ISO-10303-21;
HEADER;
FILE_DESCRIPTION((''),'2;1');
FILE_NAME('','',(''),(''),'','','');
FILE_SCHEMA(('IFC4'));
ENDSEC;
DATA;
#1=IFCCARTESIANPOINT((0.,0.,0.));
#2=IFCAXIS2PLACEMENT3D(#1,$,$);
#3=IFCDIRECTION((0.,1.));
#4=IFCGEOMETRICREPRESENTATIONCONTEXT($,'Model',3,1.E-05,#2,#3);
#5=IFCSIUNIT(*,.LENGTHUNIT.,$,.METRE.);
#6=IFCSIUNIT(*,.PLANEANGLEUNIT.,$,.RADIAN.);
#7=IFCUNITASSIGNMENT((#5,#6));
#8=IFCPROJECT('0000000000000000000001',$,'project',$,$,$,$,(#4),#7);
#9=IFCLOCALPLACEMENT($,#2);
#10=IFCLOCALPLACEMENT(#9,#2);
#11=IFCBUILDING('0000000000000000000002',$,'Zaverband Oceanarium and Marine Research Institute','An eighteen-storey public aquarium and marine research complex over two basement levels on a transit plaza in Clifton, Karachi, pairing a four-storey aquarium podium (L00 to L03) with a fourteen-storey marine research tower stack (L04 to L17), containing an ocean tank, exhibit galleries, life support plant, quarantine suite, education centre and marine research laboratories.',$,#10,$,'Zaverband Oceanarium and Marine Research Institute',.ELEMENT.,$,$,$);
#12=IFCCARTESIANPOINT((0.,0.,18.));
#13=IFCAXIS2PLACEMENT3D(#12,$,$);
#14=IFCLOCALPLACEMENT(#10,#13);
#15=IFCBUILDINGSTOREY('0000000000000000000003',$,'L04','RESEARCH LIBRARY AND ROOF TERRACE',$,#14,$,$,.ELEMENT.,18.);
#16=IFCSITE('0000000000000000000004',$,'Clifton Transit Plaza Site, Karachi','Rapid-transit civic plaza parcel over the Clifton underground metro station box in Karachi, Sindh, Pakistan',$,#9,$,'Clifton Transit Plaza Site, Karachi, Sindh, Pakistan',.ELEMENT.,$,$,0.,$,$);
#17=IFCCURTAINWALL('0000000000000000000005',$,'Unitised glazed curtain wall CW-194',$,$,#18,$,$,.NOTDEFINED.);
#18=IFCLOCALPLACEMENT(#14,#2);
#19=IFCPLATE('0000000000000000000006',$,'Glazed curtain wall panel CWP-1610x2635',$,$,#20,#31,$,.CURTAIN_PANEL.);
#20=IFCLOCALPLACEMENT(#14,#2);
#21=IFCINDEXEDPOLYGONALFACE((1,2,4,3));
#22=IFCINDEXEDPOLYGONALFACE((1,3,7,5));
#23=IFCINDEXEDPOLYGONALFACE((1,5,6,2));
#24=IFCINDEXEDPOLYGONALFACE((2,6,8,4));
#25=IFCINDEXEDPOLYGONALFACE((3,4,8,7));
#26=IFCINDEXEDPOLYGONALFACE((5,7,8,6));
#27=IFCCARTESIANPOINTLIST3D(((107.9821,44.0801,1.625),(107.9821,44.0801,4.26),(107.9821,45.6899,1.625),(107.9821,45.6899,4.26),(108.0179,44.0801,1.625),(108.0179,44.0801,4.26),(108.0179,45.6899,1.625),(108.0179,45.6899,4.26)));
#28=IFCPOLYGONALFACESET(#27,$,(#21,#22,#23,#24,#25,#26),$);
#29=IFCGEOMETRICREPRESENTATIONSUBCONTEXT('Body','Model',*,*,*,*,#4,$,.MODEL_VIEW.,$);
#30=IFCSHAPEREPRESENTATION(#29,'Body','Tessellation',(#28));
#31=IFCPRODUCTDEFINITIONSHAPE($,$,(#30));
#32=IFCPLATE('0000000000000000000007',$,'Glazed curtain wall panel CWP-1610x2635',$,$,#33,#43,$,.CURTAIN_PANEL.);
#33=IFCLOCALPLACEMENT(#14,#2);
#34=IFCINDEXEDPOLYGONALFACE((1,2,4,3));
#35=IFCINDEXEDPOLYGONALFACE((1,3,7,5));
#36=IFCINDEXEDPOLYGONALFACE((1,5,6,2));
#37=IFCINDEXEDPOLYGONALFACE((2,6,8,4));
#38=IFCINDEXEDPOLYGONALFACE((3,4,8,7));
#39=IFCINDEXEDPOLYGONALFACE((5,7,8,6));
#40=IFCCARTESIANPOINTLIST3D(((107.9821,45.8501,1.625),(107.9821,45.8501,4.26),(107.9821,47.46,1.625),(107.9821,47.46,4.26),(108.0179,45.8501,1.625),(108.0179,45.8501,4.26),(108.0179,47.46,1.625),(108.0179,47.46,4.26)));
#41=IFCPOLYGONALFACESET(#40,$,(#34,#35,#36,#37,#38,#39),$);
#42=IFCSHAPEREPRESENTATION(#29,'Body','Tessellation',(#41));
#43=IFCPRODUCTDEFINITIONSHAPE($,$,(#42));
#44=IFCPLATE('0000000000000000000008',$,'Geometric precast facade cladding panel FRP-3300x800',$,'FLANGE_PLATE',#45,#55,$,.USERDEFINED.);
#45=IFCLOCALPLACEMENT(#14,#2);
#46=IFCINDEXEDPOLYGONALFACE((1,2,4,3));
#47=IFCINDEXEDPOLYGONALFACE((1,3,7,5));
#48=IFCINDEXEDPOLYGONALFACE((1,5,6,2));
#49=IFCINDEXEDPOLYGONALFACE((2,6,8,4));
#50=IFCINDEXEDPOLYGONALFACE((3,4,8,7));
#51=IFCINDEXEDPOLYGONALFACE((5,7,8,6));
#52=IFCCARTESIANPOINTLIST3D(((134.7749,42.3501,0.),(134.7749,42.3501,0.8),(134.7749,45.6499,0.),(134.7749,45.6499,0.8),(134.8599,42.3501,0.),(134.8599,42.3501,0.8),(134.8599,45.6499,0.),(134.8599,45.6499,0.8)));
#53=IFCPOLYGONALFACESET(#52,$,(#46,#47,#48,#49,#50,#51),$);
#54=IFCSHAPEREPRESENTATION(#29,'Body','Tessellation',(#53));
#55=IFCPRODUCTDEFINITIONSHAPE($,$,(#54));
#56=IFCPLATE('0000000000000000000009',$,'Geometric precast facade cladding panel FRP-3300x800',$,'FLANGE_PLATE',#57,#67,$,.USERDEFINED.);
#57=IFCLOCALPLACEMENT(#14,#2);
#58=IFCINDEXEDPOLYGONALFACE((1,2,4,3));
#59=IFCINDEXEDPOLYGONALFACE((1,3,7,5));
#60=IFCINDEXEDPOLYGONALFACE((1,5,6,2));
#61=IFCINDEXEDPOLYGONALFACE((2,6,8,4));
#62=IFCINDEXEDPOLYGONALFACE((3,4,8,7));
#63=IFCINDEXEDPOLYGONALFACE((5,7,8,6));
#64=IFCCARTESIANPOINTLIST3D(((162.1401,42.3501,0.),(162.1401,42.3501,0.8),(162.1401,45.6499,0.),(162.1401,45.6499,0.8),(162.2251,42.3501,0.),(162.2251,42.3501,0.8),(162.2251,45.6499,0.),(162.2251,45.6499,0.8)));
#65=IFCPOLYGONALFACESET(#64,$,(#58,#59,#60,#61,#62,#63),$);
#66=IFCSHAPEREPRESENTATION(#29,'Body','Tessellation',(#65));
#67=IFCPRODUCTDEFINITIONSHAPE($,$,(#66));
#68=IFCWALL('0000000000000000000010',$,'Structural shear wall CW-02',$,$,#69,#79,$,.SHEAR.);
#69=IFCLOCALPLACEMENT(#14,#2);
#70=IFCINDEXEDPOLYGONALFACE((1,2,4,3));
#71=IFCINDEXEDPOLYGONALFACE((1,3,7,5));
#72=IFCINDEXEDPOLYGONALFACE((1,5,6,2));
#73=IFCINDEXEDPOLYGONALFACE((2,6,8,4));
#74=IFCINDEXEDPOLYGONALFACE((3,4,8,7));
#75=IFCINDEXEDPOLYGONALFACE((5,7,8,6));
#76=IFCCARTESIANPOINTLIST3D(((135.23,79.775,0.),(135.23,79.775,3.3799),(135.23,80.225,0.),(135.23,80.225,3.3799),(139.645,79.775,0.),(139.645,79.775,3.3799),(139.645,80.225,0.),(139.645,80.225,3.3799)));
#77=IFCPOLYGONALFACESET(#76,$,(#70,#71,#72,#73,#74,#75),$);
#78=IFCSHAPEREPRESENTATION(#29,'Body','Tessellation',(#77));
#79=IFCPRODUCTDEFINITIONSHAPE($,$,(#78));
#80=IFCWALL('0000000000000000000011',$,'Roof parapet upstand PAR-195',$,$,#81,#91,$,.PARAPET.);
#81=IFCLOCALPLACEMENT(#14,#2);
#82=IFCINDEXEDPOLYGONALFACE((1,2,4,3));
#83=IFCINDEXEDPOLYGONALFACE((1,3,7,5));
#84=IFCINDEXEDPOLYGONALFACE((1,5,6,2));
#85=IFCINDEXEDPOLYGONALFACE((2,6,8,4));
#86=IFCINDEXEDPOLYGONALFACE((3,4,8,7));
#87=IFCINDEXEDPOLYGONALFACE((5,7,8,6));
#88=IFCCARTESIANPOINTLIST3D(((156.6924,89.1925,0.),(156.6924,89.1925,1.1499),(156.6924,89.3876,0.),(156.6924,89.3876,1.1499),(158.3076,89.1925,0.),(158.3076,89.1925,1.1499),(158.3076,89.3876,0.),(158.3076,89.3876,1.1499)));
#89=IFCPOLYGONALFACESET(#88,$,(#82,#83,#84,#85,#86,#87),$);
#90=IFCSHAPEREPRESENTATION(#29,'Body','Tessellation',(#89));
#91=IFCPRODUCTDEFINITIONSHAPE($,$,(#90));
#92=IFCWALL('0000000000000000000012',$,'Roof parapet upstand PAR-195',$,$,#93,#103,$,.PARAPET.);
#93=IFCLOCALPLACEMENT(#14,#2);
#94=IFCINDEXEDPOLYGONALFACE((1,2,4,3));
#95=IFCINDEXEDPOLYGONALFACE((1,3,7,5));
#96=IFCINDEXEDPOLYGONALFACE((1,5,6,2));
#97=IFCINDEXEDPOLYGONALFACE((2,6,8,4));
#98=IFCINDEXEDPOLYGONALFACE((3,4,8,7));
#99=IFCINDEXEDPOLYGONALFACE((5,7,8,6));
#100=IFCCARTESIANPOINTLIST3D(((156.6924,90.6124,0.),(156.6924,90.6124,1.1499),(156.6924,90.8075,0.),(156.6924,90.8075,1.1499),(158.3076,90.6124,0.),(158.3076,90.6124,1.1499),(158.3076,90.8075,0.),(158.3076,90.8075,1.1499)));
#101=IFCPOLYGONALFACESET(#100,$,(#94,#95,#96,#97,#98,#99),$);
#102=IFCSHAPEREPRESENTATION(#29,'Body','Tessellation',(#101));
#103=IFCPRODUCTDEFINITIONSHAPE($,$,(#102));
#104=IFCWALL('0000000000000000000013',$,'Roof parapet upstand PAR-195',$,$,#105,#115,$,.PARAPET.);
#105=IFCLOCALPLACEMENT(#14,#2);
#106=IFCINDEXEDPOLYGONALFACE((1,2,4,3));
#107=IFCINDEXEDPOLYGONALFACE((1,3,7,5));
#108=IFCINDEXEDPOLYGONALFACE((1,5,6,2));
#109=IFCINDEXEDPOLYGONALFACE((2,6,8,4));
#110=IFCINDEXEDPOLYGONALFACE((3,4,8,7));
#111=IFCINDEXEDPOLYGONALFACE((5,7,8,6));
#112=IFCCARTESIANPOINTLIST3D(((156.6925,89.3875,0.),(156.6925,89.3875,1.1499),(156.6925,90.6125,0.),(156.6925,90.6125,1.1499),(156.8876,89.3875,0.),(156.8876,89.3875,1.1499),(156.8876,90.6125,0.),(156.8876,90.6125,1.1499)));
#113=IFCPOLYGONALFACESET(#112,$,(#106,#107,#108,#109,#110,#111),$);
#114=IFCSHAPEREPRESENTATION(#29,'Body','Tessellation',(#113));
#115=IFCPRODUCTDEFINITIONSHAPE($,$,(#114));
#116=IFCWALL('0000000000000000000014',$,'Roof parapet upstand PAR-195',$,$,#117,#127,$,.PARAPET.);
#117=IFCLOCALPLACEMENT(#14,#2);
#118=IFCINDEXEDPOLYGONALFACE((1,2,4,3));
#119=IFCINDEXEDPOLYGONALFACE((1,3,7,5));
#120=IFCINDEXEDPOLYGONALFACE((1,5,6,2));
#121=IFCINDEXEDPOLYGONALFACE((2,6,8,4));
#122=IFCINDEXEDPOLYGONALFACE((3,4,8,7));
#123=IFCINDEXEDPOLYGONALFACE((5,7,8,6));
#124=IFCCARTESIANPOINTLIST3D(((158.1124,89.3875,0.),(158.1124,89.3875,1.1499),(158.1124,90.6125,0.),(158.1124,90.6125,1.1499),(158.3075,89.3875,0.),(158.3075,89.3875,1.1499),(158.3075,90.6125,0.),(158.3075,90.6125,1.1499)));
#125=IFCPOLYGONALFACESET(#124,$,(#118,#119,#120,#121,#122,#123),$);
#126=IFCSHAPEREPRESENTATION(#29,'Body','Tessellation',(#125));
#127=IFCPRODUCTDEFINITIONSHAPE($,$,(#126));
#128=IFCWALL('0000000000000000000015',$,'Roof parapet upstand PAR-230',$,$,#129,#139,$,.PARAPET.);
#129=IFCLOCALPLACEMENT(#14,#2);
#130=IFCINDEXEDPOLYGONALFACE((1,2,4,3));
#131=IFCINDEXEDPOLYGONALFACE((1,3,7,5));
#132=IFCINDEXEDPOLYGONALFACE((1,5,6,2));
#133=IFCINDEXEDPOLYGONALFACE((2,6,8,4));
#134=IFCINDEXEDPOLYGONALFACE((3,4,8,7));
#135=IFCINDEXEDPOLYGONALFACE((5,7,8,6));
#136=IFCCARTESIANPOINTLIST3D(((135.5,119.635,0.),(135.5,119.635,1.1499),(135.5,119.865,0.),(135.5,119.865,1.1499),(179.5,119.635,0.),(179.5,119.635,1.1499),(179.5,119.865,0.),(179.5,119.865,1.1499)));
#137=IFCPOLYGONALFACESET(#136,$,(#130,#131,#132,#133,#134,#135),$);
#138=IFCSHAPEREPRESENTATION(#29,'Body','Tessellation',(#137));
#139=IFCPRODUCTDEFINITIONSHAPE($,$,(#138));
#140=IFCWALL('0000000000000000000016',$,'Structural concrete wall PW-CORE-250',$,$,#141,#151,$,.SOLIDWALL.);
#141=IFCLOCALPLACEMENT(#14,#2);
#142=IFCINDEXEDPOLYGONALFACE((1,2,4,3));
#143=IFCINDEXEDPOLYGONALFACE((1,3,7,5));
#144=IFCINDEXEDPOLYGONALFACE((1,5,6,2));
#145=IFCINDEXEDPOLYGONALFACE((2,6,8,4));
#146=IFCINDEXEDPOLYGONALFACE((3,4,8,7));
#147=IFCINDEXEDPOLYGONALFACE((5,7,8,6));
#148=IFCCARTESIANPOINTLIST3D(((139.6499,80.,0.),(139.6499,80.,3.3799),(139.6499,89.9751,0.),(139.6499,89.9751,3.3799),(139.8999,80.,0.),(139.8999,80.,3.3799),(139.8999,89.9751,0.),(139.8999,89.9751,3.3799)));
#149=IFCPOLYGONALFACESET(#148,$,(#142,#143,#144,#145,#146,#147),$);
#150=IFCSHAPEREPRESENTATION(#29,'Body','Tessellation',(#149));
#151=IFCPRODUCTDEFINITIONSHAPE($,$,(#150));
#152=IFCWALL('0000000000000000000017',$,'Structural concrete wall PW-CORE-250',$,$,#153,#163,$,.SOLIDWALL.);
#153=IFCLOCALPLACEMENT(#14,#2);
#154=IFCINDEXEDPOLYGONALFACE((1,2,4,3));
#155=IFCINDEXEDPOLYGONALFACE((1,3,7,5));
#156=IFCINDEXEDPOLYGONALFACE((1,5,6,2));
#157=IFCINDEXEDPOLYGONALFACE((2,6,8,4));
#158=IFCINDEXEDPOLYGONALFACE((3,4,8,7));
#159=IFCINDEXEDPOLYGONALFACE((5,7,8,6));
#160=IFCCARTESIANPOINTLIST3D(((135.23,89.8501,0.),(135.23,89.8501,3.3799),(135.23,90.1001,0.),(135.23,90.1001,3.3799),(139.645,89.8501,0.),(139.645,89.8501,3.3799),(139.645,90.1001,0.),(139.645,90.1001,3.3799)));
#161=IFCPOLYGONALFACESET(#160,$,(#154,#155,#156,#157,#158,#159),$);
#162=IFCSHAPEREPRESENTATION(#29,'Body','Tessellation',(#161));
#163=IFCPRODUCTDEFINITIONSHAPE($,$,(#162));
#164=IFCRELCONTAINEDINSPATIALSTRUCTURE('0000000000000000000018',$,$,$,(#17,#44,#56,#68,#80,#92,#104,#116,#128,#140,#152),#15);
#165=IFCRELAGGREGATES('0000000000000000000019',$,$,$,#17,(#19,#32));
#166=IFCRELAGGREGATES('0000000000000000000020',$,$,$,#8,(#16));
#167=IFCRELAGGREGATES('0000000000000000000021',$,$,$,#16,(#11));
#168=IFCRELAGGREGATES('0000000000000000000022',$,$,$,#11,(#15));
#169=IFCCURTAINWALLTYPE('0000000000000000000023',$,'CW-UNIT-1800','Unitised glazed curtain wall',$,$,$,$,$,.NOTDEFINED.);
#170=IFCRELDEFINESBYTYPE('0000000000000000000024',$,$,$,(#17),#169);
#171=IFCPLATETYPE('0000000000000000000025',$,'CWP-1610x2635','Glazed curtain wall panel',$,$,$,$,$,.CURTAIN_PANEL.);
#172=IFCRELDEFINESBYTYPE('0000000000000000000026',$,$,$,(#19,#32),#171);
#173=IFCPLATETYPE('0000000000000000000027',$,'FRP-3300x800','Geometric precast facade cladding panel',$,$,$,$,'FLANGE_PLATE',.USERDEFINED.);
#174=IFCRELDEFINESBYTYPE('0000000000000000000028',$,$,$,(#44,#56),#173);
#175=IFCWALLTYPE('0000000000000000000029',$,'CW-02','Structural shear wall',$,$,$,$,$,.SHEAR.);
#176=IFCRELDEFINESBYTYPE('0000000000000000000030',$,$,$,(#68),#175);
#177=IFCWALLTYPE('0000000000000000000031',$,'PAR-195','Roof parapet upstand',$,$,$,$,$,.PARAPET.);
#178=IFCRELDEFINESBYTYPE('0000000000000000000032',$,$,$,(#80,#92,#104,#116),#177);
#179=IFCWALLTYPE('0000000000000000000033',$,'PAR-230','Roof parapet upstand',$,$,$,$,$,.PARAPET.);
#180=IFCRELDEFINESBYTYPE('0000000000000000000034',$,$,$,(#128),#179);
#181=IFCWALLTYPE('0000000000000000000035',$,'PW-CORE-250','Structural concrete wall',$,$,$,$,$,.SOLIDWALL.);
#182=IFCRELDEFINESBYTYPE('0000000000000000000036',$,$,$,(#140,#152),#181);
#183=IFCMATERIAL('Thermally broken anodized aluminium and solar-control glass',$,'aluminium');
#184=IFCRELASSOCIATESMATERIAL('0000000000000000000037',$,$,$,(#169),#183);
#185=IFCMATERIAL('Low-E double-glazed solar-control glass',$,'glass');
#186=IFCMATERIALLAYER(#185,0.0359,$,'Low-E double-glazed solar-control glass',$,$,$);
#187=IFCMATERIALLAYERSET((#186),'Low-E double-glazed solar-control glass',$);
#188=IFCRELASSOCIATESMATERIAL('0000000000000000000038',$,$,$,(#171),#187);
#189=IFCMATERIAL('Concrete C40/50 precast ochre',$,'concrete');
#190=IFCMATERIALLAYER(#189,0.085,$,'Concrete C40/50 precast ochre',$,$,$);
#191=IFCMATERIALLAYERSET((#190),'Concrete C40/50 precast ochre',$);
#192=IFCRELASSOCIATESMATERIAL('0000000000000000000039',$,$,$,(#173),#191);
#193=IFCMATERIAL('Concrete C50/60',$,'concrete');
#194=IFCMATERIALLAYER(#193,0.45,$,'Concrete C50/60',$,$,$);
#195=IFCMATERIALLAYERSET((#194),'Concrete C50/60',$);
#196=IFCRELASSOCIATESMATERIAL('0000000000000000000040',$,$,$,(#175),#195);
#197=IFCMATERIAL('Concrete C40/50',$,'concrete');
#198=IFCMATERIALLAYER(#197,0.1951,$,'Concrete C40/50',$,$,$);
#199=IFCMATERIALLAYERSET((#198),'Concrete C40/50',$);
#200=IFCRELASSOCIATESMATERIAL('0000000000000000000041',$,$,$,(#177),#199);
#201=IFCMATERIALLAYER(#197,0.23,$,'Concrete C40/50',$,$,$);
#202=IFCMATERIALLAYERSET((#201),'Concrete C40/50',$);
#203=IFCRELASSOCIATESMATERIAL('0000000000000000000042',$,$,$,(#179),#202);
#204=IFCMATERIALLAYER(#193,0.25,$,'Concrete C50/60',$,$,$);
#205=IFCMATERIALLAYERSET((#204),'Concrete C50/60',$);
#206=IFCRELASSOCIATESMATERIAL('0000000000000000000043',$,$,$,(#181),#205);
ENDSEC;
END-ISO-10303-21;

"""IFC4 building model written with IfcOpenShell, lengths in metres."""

from ifc_helpers import new_model, si_unit, direction, frame, frame_2d, origin, place, context, subcontext, project, spatial, rectangle, extrude, material, layer, layer_set, type_object, element, aggregate, save


model = new_model("IFC4")

# Units and contexts
model_context = context("Model", 3, precision=1e-05, world=origin(), true_north=direction((0.0, 1.0)))
body_context = subcontext(model_context, "Body", "Model", "MODEL_VIEW")
ifc_project = project(units=[si_unit("LENGTHUNIT", "METRE"), si_unit("PLANEANGLEUNIT", "RADIAN")], contexts=[model_context])

# Site, building, storey
site_placement = place(None, origin())
site = spatial("IfcSite", under=ifc_project, at=site_placement, Name="Clifton Transit Plaza Site, Karachi", Description="Rapid-transit civic plaza parcel over the Clifton underground metro station box in Karachi, Sindh, Pakistan", LongName="Clifton Transit Plaza Site, Karachi, Sindh, Pakistan", CompositionType="ELEMENT", RefElevation=0.0)
building_placement = place(site_placement, origin())
building = spatial("IfcBuilding", under=site, at=building_placement, Name="Zaverband Oceanarium and Marine Research Institute", Description="An eighteen-storey public aquarium and marine research complex over two basement levels on a transit plaza in Clifton, Karachi, pairing a four-storey aquarium podium (L00 to L03) with a fourteen-storey marine research tower stack (L04 to L17), containing an ocean tank, exhibit galleries, life support plant, quarantine suite, education centre and marine research laboratories.", LongName="Zaverband Oceanarium and Marine Research Institute", CompositionType="ELEMENT")
storey_placement = place(building_placement, frame((0.0, 0.0, 18.0)))
storey = spatial("IfcBuildingStorey", under=building, at=storey_placement, Name="L04", Description="RESEARCH LIBRARY AND ROOF TERRACE", CompositionType="ELEMENT", Elevation=18.0)

# Shared definitions
ifc_material_1 = material(Name="Concrete C50/60", Category="concrete")

# Curtain wall
ifc_material_2 = material(Name="Thermally broken anodized aluminium and solar-control glass", Category="aluminium")
curtain_wall_type = type_object("IfcCurtainWallType", Name="CW-UNIT-1800", Description="Unitised glazed curtain wall", PredefinedType="NOTDEFINED", material=ifc_material_2)
curtain_wall_placement = place(storey_placement, origin())
curtain_wall = element("IfcCurtainWall", 1, at=curtain_wall_placement, inside=storey, type_object=curtain_wall_type, Name="Unitised glazed curtain wall CW-194", PredefinedType="NOTDEFINED")

# Plates
ifc_material_3 = material(Name="Low-E double-glazed solar-control glass", Category="glass")
ifc_layer_1 = layer(ifc_material_3, 0.0359, Name="Low-E double-glazed solar-control glass")
ifc_layer_set_1 = layer_set([ifc_layer_1], Name="Low-E double-glazed solar-control glass")
plate_type_1 = type_object("IfcPlateType", Name="CWP-1610x2635", Description="Glazed curtain wall panel", PredefinedType="CURTAIN_PANEL", material=ifc_layer_set_1)
plate_1_placement = place(storey_placement, frame((108.0, 44.0801, 1.625), z_axis=(0.0, 0.0, 1.0), x_axis=(0.0, 1.0, 0.0)))
plate_1 = element("IfcPlate", 2, at=plate_1_placement, type_object=plate_type_1, Name="Glazed curtain wall panel CWP-1610x2635", PredefinedType="CURTAIN_PANEL", context=body_context, shape_type="SweptSolid", body=[
    extrude(rectangle(XDim=1.6099, YDim=0.0359, at=frame_2d((0.8049, 0.0))), origin(), (0.0, 0.0, 1.0), 2.635),
])
plate_2_placement = place(storey_placement, frame((108.0, 45.8501, 1.625), z_axis=(0.0, 0.0, 1.0), x_axis=(0.0, 1.0, 0.0)))
plate_2 = element("IfcPlate", 3, at=plate_2_placement, type_object=plate_type_1, Name="Glazed curtain wall panel CWP-1610x2635", PredefinedType="CURTAIN_PANEL", context=body_context, shape_type="SweptSolid", body=[
    extrude(rectangle(XDim=1.6099, YDim=0.0359, at=frame_2d((0.8049, 0.0))), origin(), (0.0, 0.0, 1.0), 2.635),
])
aggregate(curtain_wall, [plate_1, plate_2])

# Plates
ifc_material_4 = material(Name="Concrete C40/50 precast ochre", Category="concrete")
ifc_layer_2 = layer(ifc_material_4, 0.085, Name="Concrete C40/50 precast ochre")
ifc_layer_set_2 = layer_set([ifc_layer_2], Name="Concrete C40/50 precast ochre")
plate_type_2 = type_object("IfcPlateType", Name="FRP-3300x800", Description="Geometric precast facade cladding panel", ElementType="FLANGE_PLATE", PredefinedType="USERDEFINED", material=ifc_layer_set_2)
for number, where, z_axis, x_axis, name in (
    (4, (134.8174, 42.3501, 0.0), (0.0, 0.0, 1.0), (0.0, 1.0, 0.0), "Geometric precast facade cladding panel FRP-3300x800"),
    (5, (162.1826, 42.3501, 0.0), (0.0, 0.0, 1.0), (0.0, 1.0, 0.0), "Geometric precast facade cladding panel FRP-3300x800"),
):
    element("IfcPlate", number, at=place(storey_placement, frame(where, z_axis=z_axis, x_axis=x_axis)), inside=storey, type_object=plate_type_2, Name=name, ObjectType="FLANGE_PLATE", PredefinedType="USERDEFINED", context=body_context, shape_type="SweptSolid", body=[
        extrude(rectangle(XDim=3.2998, YDim=0.085, at=frame_2d((1.6499, 0.0))), origin(), (0.0, 0.0, 1.0), 0.8),
    ])

# Shared definitions
ifc_layer_3 = layer(ifc_material_1, 0.45, Name="Concrete C50/60")
ifc_layer_set_3 = layer_set([ifc_layer_3], Name="Concrete C50/60")
wall_type_1 = type_object("IfcWallType", Name="CW-02", Description="Structural shear wall", PredefinedType="SHEAR", material=ifc_layer_set_3)

# Walls
wall_1_placement = place(storey_placement, frame((135.23, 80.0, 0.0), z_axis=(0.0, 0.0, 1.0), x_axis=(1.0, 0.0, 0.0)))
element("IfcWall", 6, at=wall_1_placement, inside=storey, type_object=wall_type_1, Name="Structural shear wall CW-02", PredefinedType="SHEAR", context=body_context, shape_type="SweptSolid", body=[
    extrude(rectangle(XDim=4.415, YDim=0.45, at=frame_2d((2.2075, 0.0))), origin(), (0.0, 0.0, 1.0), 3.3799),
])
ifc_material_5 = material(Name="Concrete C40/50", Category="concrete")
ifc_layer_4 = layer(ifc_material_5, 0.1951, Name="Concrete C40/50")
ifc_layer_set_4 = layer_set([ifc_layer_4], Name="Concrete C40/50")
wall_type_2 = type_object("IfcWallType", Name="PAR-195", Description="Roof parapet upstand", PredefinedType="PARAPET", material=ifc_layer_set_4)
for number, where, z_axis, x_axis, name in (
    (7, (156.6924, 89.29, 0.0), (0.0, 0.0, 1.0), (1.0, 0.0, 0.0), "Roof parapet upstand PAR-195"),
    (8, (156.6924, 90.71, 0.0), (0.0, 0.0, 1.0), (1.0, 0.0, 0.0), "Roof parapet upstand PAR-195"),
):
    element("IfcWall", number, at=place(storey_placement, frame(where, z_axis=z_axis, x_axis=x_axis)), inside=storey, type_object=wall_type_2, Name=name, PredefinedType="PARAPET", context=body_context, shape_type="SweptSolid", body=[
        extrude(rectangle(XDim=1.6152, YDim=0.1951, at=frame_2d((0.8076, 0.0))), origin(), (0.0, 0.0, 1.0), 1.1499),
    ])
for number, where, z_axis, x_axis, name in (
    (9, (156.79, 89.3875, 0.0), (0.0, 0.0, 1.0), (0.0, 1.0, 0.0), "Roof parapet upstand PAR-195"),
    (10, (158.21, 89.3875, 0.0), (0.0, 0.0, 1.0), (0.0, 1.0, 0.0), "Roof parapet upstand PAR-195"),
):
    element("IfcWall", number, at=place(storey_placement, frame(where, z_axis=z_axis, x_axis=x_axis)), inside=storey, type_object=wall_type_2, Name=name, PredefinedType="PARAPET", context=body_context, shape_type="SweptSolid", body=[
        extrude(rectangle(XDim=1.2251, YDim=0.1951, at=frame_2d((0.6125, 0.0))), origin(), (0.0, 0.0, 1.0), 1.1499),
    ])
ifc_layer_5 = layer(ifc_material_5, 0.23, Name="Concrete C40/50")
ifc_layer_set_5 = layer_set([ifc_layer_5], Name="Concrete C40/50")
wall_type_3 = type_object("IfcWallType", Name="PAR-230", Description="Roof parapet upstand", PredefinedType="PARAPET", material=ifc_layer_set_5)
wall_2_placement = place(storey_placement, frame((135.5, 119.75, 0.0), z_axis=(0.0, 0.0, 1.0), x_axis=(1.0, 0.0, 0.0)))
element("IfcWall", 11, at=wall_2_placement, inside=storey, type_object=wall_type_3, Name="Roof parapet upstand PAR-230", PredefinedType="PARAPET", context=body_context, shape_type="SweptSolid", body=[
    extrude(rectangle(XDim=44.0, YDim=0.23, at=frame_2d((22.0, 0.0))), origin(), (0.0, 0.0, 1.0), 1.1499),
])
ifc_layer_6 = layer(ifc_material_1, 0.25, Name="Concrete C50/60")
ifc_layer_set_6 = layer_set([ifc_layer_6], Name="Concrete C50/60")
wall_type_4 = type_object("IfcWallType", Name="PW-CORE-250", Description="Structural concrete wall", PredefinedType="SOLIDWALL", material=ifc_layer_set_6)
wall_3_placement = place(storey_placement, frame((139.7749, 80.0, 0.0), z_axis=(0.0, 0.0, 1.0), x_axis=(0.0, 1.0, 0.0)))
element("IfcWall", 12, at=wall_3_placement, inside=storey, type_object=wall_type_4, Name="Structural concrete wall PW-CORE-250", PredefinedType="SOLIDWALL", context=body_context, shape_type="SweptSolid", body=[
    extrude(rectangle(XDim=9.9751, YDim=0.25, at=frame_2d((4.9875, 0.0))), origin(), (0.0, 0.0, 1.0), 3.3799),
])
wall_4_placement = place(storey_placement, frame((135.23, 89.9751, 0.0), z_axis=(0.0, 0.0, 1.0), x_axis=(1.0, 0.0, 0.0)))
element("IfcWall", 13, at=wall_4_placement, inside=storey, type_object=wall_type_4, Name="Structural concrete wall PW-CORE-250", PredefinedType="SOLIDWALL", context=body_context, shape_type="SweptSolid", body=[
    extrude(rectangle(XDim=4.415, YDim=0.25, at=frame_2d((2.2075, 0.0))), origin(), (0.0, 0.0, 1.0), 3.3799),
])

save(model, "model.ifc")
